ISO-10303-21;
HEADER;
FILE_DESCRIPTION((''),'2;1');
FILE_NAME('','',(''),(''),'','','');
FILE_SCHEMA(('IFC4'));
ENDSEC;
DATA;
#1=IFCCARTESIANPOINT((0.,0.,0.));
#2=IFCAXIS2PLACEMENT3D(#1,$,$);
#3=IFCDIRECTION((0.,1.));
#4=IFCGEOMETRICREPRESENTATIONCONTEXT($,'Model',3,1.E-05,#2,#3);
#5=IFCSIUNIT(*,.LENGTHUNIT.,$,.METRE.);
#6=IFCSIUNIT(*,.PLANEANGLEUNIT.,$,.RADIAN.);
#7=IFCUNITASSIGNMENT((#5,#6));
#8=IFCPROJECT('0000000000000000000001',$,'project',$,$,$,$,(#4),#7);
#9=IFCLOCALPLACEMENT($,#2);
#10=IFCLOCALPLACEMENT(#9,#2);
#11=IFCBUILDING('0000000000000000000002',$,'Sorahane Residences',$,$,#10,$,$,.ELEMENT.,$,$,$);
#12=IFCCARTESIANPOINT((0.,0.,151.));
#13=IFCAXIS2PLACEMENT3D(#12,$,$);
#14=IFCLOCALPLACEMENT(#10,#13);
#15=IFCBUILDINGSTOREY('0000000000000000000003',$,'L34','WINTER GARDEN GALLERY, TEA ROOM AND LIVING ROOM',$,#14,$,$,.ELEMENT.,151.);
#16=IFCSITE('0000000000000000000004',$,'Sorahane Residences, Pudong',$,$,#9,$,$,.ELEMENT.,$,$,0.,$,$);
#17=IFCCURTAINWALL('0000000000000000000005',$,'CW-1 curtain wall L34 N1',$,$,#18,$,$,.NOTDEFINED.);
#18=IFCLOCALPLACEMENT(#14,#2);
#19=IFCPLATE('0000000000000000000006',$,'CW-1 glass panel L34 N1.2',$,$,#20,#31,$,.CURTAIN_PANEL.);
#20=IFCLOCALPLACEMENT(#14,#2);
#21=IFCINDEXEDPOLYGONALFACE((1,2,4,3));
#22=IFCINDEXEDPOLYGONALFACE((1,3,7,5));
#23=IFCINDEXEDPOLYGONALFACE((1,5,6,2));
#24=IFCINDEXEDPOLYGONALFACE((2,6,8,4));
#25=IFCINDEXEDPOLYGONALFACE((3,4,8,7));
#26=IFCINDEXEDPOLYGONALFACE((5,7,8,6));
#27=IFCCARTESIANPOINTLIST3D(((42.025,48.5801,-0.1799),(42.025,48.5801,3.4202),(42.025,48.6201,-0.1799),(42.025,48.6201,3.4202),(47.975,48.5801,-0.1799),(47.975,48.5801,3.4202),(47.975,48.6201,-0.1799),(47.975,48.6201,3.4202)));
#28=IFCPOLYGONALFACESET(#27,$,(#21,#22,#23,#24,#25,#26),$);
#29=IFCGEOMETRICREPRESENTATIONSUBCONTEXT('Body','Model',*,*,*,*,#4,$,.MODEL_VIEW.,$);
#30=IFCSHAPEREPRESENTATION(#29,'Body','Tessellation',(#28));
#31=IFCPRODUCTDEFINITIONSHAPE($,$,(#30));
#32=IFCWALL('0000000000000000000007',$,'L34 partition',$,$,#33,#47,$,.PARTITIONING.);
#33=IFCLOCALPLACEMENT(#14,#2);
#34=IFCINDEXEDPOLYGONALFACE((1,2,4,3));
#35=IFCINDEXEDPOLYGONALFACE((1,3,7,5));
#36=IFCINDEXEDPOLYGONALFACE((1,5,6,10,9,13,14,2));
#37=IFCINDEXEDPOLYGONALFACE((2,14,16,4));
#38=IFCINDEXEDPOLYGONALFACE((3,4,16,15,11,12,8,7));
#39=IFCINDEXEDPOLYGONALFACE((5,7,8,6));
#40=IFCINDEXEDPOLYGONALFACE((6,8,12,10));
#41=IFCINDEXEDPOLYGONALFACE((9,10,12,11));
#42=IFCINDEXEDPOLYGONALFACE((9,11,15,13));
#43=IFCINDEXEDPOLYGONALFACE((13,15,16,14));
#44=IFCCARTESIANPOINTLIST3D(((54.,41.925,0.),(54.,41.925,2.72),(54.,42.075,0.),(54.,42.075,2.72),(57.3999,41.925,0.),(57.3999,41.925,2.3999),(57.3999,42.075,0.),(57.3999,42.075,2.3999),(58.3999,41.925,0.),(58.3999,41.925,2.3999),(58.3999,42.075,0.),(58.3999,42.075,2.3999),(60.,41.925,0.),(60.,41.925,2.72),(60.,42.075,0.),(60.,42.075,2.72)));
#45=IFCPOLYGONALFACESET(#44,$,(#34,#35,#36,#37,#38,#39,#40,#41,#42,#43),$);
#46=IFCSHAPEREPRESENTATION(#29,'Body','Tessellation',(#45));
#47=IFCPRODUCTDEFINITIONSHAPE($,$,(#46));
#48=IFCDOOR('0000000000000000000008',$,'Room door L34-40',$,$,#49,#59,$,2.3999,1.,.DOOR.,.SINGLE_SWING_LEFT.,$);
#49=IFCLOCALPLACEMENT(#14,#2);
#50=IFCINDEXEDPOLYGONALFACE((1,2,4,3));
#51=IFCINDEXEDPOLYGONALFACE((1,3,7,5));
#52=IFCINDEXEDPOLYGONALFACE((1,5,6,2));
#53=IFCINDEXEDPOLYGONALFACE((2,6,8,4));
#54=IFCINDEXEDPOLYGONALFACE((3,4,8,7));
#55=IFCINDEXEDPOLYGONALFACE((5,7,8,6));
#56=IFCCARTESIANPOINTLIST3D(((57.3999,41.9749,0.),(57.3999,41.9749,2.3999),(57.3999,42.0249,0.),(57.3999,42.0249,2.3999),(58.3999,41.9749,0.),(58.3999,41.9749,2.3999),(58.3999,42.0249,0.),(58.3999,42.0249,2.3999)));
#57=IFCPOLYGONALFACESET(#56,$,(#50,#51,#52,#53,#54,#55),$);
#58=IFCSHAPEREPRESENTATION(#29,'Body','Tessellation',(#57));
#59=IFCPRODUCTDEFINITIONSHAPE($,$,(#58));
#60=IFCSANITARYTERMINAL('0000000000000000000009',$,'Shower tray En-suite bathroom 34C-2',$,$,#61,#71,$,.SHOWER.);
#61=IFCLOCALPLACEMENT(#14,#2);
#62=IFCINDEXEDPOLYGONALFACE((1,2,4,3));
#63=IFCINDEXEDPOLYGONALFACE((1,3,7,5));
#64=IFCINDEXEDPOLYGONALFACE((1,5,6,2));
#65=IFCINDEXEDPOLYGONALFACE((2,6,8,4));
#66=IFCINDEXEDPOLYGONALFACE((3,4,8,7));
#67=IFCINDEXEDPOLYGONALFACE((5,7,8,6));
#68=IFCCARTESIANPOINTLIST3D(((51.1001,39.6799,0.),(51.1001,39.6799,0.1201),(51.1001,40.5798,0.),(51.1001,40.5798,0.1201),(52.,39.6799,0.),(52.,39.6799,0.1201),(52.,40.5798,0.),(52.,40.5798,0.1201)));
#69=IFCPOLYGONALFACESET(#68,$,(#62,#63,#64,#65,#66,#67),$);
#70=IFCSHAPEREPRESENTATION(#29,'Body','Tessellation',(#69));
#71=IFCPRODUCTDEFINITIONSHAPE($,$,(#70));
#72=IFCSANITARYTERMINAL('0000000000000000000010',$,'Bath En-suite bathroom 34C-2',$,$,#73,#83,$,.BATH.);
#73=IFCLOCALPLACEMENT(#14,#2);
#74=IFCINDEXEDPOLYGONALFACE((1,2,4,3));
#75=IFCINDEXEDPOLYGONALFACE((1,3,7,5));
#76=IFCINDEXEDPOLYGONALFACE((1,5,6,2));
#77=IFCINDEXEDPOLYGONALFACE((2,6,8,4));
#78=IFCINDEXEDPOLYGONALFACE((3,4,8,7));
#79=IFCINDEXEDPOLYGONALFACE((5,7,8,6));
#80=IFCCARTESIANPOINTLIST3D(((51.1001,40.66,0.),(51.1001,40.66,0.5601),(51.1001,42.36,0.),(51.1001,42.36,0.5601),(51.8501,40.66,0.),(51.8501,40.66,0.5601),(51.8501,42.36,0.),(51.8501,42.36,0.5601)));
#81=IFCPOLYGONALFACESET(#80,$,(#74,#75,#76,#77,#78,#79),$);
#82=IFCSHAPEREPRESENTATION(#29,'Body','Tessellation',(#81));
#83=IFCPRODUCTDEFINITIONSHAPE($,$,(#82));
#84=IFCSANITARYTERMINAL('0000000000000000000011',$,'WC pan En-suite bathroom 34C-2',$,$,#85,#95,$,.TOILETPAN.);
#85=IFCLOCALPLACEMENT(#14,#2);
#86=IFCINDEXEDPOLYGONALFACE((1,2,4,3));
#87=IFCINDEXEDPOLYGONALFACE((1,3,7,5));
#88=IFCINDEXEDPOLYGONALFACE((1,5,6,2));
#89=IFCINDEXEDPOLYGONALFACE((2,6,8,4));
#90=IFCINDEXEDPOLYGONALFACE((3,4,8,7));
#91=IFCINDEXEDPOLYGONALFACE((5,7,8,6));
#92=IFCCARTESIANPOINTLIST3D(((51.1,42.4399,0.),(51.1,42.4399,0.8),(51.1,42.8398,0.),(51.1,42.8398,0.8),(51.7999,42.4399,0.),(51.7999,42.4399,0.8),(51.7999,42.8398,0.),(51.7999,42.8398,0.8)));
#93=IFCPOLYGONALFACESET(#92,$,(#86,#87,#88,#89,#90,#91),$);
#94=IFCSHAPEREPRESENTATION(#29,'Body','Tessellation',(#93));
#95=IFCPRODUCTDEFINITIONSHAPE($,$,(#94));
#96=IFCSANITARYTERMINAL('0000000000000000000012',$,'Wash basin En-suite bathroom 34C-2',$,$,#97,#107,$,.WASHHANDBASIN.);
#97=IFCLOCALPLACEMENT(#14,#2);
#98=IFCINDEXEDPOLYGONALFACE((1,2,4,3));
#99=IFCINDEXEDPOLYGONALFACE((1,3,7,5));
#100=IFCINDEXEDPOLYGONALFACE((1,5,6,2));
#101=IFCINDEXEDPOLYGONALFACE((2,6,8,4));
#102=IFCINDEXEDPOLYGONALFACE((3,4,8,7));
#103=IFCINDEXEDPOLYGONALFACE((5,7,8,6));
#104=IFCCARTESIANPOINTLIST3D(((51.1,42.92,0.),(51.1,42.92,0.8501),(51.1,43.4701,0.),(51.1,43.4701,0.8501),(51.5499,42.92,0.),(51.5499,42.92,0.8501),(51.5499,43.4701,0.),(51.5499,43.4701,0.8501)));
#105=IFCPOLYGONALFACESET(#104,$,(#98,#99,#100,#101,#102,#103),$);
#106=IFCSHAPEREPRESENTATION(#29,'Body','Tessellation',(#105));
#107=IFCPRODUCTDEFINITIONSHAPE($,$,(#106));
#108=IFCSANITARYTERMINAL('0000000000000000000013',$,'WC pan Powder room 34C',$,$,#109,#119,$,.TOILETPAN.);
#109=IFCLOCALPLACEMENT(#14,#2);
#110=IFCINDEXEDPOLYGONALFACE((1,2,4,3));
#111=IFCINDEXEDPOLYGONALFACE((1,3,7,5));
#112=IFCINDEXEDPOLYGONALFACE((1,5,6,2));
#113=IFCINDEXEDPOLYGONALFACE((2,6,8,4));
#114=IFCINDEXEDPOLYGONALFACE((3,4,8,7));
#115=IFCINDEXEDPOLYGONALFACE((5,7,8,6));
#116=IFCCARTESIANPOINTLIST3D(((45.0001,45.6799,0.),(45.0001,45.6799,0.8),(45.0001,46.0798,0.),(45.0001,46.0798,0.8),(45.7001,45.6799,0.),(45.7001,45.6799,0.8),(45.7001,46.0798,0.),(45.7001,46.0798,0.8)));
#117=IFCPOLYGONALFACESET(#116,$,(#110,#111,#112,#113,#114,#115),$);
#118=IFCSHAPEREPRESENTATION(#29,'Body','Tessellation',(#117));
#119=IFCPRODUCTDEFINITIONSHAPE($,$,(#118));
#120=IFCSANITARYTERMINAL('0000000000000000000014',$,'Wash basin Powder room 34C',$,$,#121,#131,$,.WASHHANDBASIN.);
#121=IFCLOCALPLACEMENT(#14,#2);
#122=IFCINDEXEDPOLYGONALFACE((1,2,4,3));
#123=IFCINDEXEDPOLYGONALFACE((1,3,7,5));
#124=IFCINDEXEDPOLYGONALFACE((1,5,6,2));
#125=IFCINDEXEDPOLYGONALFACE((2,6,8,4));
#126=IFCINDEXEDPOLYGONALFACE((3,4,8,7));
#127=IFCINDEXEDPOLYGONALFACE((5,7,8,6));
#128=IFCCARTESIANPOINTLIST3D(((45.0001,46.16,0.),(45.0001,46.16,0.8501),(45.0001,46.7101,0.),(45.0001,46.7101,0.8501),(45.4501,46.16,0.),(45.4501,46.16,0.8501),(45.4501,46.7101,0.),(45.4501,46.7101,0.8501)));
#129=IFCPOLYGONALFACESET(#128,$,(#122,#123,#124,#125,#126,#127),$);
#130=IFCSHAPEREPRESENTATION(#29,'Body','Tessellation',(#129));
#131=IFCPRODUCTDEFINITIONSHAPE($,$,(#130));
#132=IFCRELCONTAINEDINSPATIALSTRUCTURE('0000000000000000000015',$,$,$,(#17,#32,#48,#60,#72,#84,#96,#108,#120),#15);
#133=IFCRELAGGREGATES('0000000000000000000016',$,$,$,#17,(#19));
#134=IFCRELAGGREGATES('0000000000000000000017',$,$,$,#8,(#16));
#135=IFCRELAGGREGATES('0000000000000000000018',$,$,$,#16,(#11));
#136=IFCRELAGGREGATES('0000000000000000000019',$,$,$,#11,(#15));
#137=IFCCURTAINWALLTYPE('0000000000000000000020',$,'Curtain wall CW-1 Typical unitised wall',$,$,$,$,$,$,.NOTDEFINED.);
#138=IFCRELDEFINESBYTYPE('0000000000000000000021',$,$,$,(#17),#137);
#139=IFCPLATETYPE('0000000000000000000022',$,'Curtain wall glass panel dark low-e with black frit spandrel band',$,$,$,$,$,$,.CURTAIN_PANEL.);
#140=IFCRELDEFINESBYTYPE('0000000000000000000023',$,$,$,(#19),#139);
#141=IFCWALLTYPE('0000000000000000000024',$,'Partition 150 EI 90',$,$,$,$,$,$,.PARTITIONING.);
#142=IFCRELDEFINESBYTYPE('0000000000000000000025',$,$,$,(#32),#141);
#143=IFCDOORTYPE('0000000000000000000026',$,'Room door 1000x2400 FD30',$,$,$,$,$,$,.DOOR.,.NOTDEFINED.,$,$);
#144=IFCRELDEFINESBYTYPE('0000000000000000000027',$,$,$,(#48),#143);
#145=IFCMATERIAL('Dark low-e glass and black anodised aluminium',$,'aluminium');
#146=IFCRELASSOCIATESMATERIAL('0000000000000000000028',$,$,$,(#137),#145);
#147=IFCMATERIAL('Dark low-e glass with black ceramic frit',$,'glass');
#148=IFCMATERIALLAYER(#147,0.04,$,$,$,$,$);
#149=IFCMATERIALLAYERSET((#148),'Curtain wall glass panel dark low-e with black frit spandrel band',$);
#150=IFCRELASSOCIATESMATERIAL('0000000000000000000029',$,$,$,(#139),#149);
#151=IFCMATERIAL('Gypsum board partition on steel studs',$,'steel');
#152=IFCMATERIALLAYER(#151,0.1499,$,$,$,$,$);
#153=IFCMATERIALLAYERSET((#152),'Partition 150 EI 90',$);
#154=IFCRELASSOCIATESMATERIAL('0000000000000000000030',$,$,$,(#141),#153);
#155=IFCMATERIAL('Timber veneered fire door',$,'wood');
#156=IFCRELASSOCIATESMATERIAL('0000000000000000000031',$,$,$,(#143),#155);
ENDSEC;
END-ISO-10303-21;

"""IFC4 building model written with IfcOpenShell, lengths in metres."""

from ifc_helpers import new_model, si_unit, direction, frame, frame_2d, origin, origin_2d, place, context, subcontext, project, spatial, rectangle, extrude, material, layer, layer_set, type_object, element, fill, aggregate, save


model = new_model("IFC4")

# Units and contexts
model_context = context("Model", 3, precision=1e-05, world=origin(), true_north=direction((0.0, 1.0)))
body_context = subcontext(model_context, "Body", "Model", "MODEL_VIEW")
ifc_project = project(units=[si_unit("LENGTHUNIT", "METRE"), si_unit("PLANEANGLEUNIT", "RADIAN")], contexts=[model_context])

# Site, building, storey
site_placement = place(None, origin())
site = spatial("IfcSite", under=ifc_project, at=site_placement, Name="Sorahane Residences, Pudong", CompositionType="ELEMENT", RefElevation=0.0)
building_placement = place(site_placement, origin())
building = spatial("IfcBuilding", under=site, at=building_placement, Name="Sorahane Residences", CompositionType="ELEMENT")
storey_placement = place(building_placement, frame((0.0, 0.0, 151.0)))
storey = spatial("IfcBuildingStorey", under=building, at=storey_placement, Name="L34", Description="WINTER GARDEN GALLERY, TEA ROOM AND LIVING ROOM", CompositionType="ELEMENT", Elevation=151.0)

# Curtain wall
ifc_material_1 = material(Name="Dark low-e glass and black anodised aluminium", Category="aluminium")
curtain_wall_type_1 = type_object("IfcCurtainWallType", Name="Curtain wall CW-1 Typical unitised wall", PredefinedType="NOTDEFINED", material=ifc_material_1)
curtain_wall_1_placement = place(storey_placement, origin())
curtain_wall_1 = element("IfcCurtainWall", 1, at=curtain_wall_1_placement, inside=storey, type_object=curtain_wall_type_1, Name="CW-1 curtain wall L34 N1", PredefinedType="NOTDEFINED")

# Plate
ifc_material_2 = material(Name="Dark low-e glass with black ceramic frit", Category="glass")
ifc_layer_1 = layer(ifc_material_2, 0.04)
ifc_layer_set_1 = layer_set([ifc_layer_1], Name="Curtain wall glass panel dark low-e with black frit spandrel band")
plate_type = type_object("IfcPlateType", Name="Curtain wall glass panel dark low-e with black frit spandrel band", PredefinedType="CURTAIN_PANEL", material=ifc_layer_set_1)
plate_1_placement = place(storey_placement, frame((45.0, 48.6001, -0.1799), z_axis=(0.0, 0.0, 1.0), x_axis=(-1.0, 0.0, 0.0)))
plate_1 = element("IfcPlate", 2, at=plate_1_placement, type_object=plate_type, Name="CW-1 glass panel L34 N1.2", PredefinedType="CURTAIN_PANEL", context=body_context, shape_type="SweptSolid", body=[
    extrude(rectangle(XDim=5.95, YDim=0.04, at=origin_2d()), origin(), (0.0, 0.0, 1.0), 3.6001),
])
aggregate(curtain_wall_1, [plate_1])

# Wall, opening, door
ifc_material_3 = material(Name="Gypsum board partition on steel studs", Category="steel")
ifc_layer_2 = layer(ifc_material_3, 0.1499)
ifc_layer_set_2 = layer_set([ifc_layer_2], Name="Partition 150 EI 90")
wall_type_1 = type_object("IfcWallType", Name="Partition 150 EI 90", PredefinedType="PARTITIONING", material=ifc_layer_set_2)
wall_1_placement = place(storey_placement, frame((54.0, 42.0, 0.0), z_axis=(0.0, 0.0, 1.0), x_axis=(1.0, 0.0, 0.0)))
wall_1 = element("IfcWall", 3, at=wall_1_placement, inside=storey, type_object=wall_type_1, Name="L34 partition", PredefinedType="PARTITIONING", context=body_context, shape_type="SweptSolid", body=[
    extrude(rectangle(XDim=6.0, YDim=0.1499, at=frame_2d((3.0, 0.0))), origin(), (0.0, 0.0, 1.0), 2.72),
])
opening_1_placement = place(wall_1_placement, frame((3.3999, 0.0, 0.0)))
opening_1 = element("IfcOpeningElement", 4, at=opening_1_placement, cuts=wall_1, PredefinedType="OPENING", context=body_context, shape_type="SweptSolid", body=[
    extrude(rectangle(XDim=1.0, YDim=2.3999, at=frame_2d((0.5, 1.2))), frame((0.0, 0.085, 0.0), z_axis=(0.0, -1.0, 0.0), x_axis=(1.0, 0.0, 0.0)), (0.0, 0.0, 1.0), 0.1699),
])
ifc_material_4 = material(Name="Timber veneered fire door", Category="wood")
door_type_1 = type_object("IfcDoorType", Name="Room door 1000x2400 FD30", OperationType="NOTDEFINED", PredefinedType="DOOR", material=ifc_material_4)
door_1_placement = place(opening_1_placement, origin())
door_1 = element("IfcDoor", 5, at=door_1_placement, inside=storey, type_object=door_type_1, Name="Room door L34-40", OperationType="SINGLE_SWING_LEFT", OverallHeight=2.3999, OverallWidth=1.0, PredefinedType="DOOR", context=body_context, shape_type="SweptSolid", body=[
    extrude(rectangle(XDim=1.0, YDim=2.3999, at=frame_2d((0.5, 1.2))), frame((0.0, 0.0249, 0.0), z_axis=(0.0, -1.0, 0.0), x_axis=(1.0, 0.0, 0.0)), (0.0, 0.0, 1.0), 0.05),
])
fill(opening_1, door_1)

# Sanitary terminals
sanitary_terminal_1_placement = place(storey_placement, frame((51.55, 40.1299, 0.0), z_axis=(0.0, 0.0, 1.0), x_axis=(0.0, 1.0, 0.0)))
element("IfcSanitaryTerminal", 6, at=sanitary_terminal_1_placement, inside=storey, Name="Shower tray En-suite bathroom 34C-2", PredefinedType="SHOWER", context=body_context, shape_type="SweptSolid", body=[
    extrude(rectangle(XDim=0.8999, YDim=0.8999, at=origin_2d()), origin(), (0.0, 0.0, 1.0), 0.1201),
])
sanitary_terminal_2_placement = place(storey_placement, frame((51.4751, 41.51, 0.0), z_axis=(0.0, 0.0, 1.0), x_axis=(0.0, 1.0, 0.0)))
element("IfcSanitaryTerminal", 7, at=sanitary_terminal_2_placement, inside=storey, Name="Bath En-suite bathroom 34C-2", PredefinedType="BATH", context=body_context, shape_type="SweptSolid", body=[
    extrude(rectangle(XDim=1.7, YDim=0.75, at=origin_2d()), origin(), (0.0, 0.0, 1.0), 0.5601),
])
sanitary_terminal_3_placement = place(storey_placement, frame((51.45, 42.6399, 0.0), z_axis=(0.0, 0.0, 1.0), x_axis=(0.0, 1.0, 0.0)))
element("IfcSanitaryTerminal", 8, at=sanitary_terminal_3_placement, inside=storey, Name="WC pan En-suite bathroom 34C-2", PredefinedType="TOILETPAN", context=body_context, shape_type="SweptSolid", body=[
    extrude(rectangle(XDim=0.3999, YDim=0.7, at=origin_2d()), origin(), (0.0, 0.0, 1.0), 0.8),
])
sanitary_terminal_4_placement = place(storey_placement, frame((51.325, 43.1951, 0.0), z_axis=(0.0, 0.0, 1.0), x_axis=(0.0, 1.0, 0.0)))
element("IfcSanitaryTerminal", 9, at=sanitary_terminal_4_placement, inside=storey, Name="Wash basin En-suite bathroom 34C-2", PredefinedType="WASHHANDBASIN", context=body_context, shape_type="SweptSolid", body=[
    extrude(rectangle(XDim=0.55, YDim=0.45, at=origin_2d()), origin(), (0.0, 0.0, 1.0), 0.8501),
])
sanitary_terminal_5_placement = place(storey_placement, frame((45.3501, 45.8799, 0.0), z_axis=(0.0, 0.0, 1.0), x_axis=(0.0, 1.0, 0.0)))
element("IfcSanitaryTerminal", 10, at=sanitary_terminal_5_placement, inside=storey, Name="WC pan Powder room 34C", PredefinedType="TOILETPAN", context=body_context, shape_type="SweptSolid", body=[
    extrude(rectangle(XDim=0.3999, YDim=0.7, at=origin_2d()), origin(), (0.0, 0.0, 1.0), 0.8),
])
sanitary_terminal_6_placement = place(storey_placement, frame((45.2251, 46.4351, 0.0), z_axis=(0.0, 0.0, 1.0), x_axis=(0.0, 1.0, 0.0)))
element("IfcSanitaryTerminal", 11, at=sanitary_terminal_6_placement, inside=storey, Name="Wash basin Powder room 34C", PredefinedType="WASHHANDBASIN", context=body_context, shape_type="SweptSolid", body=[
    extrude(rectangle(XDim=0.55, YDim=0.45, at=origin_2d()), origin(), (0.0, 0.0, 1.0), 0.8501),
])

save(model, "model.ifc")
